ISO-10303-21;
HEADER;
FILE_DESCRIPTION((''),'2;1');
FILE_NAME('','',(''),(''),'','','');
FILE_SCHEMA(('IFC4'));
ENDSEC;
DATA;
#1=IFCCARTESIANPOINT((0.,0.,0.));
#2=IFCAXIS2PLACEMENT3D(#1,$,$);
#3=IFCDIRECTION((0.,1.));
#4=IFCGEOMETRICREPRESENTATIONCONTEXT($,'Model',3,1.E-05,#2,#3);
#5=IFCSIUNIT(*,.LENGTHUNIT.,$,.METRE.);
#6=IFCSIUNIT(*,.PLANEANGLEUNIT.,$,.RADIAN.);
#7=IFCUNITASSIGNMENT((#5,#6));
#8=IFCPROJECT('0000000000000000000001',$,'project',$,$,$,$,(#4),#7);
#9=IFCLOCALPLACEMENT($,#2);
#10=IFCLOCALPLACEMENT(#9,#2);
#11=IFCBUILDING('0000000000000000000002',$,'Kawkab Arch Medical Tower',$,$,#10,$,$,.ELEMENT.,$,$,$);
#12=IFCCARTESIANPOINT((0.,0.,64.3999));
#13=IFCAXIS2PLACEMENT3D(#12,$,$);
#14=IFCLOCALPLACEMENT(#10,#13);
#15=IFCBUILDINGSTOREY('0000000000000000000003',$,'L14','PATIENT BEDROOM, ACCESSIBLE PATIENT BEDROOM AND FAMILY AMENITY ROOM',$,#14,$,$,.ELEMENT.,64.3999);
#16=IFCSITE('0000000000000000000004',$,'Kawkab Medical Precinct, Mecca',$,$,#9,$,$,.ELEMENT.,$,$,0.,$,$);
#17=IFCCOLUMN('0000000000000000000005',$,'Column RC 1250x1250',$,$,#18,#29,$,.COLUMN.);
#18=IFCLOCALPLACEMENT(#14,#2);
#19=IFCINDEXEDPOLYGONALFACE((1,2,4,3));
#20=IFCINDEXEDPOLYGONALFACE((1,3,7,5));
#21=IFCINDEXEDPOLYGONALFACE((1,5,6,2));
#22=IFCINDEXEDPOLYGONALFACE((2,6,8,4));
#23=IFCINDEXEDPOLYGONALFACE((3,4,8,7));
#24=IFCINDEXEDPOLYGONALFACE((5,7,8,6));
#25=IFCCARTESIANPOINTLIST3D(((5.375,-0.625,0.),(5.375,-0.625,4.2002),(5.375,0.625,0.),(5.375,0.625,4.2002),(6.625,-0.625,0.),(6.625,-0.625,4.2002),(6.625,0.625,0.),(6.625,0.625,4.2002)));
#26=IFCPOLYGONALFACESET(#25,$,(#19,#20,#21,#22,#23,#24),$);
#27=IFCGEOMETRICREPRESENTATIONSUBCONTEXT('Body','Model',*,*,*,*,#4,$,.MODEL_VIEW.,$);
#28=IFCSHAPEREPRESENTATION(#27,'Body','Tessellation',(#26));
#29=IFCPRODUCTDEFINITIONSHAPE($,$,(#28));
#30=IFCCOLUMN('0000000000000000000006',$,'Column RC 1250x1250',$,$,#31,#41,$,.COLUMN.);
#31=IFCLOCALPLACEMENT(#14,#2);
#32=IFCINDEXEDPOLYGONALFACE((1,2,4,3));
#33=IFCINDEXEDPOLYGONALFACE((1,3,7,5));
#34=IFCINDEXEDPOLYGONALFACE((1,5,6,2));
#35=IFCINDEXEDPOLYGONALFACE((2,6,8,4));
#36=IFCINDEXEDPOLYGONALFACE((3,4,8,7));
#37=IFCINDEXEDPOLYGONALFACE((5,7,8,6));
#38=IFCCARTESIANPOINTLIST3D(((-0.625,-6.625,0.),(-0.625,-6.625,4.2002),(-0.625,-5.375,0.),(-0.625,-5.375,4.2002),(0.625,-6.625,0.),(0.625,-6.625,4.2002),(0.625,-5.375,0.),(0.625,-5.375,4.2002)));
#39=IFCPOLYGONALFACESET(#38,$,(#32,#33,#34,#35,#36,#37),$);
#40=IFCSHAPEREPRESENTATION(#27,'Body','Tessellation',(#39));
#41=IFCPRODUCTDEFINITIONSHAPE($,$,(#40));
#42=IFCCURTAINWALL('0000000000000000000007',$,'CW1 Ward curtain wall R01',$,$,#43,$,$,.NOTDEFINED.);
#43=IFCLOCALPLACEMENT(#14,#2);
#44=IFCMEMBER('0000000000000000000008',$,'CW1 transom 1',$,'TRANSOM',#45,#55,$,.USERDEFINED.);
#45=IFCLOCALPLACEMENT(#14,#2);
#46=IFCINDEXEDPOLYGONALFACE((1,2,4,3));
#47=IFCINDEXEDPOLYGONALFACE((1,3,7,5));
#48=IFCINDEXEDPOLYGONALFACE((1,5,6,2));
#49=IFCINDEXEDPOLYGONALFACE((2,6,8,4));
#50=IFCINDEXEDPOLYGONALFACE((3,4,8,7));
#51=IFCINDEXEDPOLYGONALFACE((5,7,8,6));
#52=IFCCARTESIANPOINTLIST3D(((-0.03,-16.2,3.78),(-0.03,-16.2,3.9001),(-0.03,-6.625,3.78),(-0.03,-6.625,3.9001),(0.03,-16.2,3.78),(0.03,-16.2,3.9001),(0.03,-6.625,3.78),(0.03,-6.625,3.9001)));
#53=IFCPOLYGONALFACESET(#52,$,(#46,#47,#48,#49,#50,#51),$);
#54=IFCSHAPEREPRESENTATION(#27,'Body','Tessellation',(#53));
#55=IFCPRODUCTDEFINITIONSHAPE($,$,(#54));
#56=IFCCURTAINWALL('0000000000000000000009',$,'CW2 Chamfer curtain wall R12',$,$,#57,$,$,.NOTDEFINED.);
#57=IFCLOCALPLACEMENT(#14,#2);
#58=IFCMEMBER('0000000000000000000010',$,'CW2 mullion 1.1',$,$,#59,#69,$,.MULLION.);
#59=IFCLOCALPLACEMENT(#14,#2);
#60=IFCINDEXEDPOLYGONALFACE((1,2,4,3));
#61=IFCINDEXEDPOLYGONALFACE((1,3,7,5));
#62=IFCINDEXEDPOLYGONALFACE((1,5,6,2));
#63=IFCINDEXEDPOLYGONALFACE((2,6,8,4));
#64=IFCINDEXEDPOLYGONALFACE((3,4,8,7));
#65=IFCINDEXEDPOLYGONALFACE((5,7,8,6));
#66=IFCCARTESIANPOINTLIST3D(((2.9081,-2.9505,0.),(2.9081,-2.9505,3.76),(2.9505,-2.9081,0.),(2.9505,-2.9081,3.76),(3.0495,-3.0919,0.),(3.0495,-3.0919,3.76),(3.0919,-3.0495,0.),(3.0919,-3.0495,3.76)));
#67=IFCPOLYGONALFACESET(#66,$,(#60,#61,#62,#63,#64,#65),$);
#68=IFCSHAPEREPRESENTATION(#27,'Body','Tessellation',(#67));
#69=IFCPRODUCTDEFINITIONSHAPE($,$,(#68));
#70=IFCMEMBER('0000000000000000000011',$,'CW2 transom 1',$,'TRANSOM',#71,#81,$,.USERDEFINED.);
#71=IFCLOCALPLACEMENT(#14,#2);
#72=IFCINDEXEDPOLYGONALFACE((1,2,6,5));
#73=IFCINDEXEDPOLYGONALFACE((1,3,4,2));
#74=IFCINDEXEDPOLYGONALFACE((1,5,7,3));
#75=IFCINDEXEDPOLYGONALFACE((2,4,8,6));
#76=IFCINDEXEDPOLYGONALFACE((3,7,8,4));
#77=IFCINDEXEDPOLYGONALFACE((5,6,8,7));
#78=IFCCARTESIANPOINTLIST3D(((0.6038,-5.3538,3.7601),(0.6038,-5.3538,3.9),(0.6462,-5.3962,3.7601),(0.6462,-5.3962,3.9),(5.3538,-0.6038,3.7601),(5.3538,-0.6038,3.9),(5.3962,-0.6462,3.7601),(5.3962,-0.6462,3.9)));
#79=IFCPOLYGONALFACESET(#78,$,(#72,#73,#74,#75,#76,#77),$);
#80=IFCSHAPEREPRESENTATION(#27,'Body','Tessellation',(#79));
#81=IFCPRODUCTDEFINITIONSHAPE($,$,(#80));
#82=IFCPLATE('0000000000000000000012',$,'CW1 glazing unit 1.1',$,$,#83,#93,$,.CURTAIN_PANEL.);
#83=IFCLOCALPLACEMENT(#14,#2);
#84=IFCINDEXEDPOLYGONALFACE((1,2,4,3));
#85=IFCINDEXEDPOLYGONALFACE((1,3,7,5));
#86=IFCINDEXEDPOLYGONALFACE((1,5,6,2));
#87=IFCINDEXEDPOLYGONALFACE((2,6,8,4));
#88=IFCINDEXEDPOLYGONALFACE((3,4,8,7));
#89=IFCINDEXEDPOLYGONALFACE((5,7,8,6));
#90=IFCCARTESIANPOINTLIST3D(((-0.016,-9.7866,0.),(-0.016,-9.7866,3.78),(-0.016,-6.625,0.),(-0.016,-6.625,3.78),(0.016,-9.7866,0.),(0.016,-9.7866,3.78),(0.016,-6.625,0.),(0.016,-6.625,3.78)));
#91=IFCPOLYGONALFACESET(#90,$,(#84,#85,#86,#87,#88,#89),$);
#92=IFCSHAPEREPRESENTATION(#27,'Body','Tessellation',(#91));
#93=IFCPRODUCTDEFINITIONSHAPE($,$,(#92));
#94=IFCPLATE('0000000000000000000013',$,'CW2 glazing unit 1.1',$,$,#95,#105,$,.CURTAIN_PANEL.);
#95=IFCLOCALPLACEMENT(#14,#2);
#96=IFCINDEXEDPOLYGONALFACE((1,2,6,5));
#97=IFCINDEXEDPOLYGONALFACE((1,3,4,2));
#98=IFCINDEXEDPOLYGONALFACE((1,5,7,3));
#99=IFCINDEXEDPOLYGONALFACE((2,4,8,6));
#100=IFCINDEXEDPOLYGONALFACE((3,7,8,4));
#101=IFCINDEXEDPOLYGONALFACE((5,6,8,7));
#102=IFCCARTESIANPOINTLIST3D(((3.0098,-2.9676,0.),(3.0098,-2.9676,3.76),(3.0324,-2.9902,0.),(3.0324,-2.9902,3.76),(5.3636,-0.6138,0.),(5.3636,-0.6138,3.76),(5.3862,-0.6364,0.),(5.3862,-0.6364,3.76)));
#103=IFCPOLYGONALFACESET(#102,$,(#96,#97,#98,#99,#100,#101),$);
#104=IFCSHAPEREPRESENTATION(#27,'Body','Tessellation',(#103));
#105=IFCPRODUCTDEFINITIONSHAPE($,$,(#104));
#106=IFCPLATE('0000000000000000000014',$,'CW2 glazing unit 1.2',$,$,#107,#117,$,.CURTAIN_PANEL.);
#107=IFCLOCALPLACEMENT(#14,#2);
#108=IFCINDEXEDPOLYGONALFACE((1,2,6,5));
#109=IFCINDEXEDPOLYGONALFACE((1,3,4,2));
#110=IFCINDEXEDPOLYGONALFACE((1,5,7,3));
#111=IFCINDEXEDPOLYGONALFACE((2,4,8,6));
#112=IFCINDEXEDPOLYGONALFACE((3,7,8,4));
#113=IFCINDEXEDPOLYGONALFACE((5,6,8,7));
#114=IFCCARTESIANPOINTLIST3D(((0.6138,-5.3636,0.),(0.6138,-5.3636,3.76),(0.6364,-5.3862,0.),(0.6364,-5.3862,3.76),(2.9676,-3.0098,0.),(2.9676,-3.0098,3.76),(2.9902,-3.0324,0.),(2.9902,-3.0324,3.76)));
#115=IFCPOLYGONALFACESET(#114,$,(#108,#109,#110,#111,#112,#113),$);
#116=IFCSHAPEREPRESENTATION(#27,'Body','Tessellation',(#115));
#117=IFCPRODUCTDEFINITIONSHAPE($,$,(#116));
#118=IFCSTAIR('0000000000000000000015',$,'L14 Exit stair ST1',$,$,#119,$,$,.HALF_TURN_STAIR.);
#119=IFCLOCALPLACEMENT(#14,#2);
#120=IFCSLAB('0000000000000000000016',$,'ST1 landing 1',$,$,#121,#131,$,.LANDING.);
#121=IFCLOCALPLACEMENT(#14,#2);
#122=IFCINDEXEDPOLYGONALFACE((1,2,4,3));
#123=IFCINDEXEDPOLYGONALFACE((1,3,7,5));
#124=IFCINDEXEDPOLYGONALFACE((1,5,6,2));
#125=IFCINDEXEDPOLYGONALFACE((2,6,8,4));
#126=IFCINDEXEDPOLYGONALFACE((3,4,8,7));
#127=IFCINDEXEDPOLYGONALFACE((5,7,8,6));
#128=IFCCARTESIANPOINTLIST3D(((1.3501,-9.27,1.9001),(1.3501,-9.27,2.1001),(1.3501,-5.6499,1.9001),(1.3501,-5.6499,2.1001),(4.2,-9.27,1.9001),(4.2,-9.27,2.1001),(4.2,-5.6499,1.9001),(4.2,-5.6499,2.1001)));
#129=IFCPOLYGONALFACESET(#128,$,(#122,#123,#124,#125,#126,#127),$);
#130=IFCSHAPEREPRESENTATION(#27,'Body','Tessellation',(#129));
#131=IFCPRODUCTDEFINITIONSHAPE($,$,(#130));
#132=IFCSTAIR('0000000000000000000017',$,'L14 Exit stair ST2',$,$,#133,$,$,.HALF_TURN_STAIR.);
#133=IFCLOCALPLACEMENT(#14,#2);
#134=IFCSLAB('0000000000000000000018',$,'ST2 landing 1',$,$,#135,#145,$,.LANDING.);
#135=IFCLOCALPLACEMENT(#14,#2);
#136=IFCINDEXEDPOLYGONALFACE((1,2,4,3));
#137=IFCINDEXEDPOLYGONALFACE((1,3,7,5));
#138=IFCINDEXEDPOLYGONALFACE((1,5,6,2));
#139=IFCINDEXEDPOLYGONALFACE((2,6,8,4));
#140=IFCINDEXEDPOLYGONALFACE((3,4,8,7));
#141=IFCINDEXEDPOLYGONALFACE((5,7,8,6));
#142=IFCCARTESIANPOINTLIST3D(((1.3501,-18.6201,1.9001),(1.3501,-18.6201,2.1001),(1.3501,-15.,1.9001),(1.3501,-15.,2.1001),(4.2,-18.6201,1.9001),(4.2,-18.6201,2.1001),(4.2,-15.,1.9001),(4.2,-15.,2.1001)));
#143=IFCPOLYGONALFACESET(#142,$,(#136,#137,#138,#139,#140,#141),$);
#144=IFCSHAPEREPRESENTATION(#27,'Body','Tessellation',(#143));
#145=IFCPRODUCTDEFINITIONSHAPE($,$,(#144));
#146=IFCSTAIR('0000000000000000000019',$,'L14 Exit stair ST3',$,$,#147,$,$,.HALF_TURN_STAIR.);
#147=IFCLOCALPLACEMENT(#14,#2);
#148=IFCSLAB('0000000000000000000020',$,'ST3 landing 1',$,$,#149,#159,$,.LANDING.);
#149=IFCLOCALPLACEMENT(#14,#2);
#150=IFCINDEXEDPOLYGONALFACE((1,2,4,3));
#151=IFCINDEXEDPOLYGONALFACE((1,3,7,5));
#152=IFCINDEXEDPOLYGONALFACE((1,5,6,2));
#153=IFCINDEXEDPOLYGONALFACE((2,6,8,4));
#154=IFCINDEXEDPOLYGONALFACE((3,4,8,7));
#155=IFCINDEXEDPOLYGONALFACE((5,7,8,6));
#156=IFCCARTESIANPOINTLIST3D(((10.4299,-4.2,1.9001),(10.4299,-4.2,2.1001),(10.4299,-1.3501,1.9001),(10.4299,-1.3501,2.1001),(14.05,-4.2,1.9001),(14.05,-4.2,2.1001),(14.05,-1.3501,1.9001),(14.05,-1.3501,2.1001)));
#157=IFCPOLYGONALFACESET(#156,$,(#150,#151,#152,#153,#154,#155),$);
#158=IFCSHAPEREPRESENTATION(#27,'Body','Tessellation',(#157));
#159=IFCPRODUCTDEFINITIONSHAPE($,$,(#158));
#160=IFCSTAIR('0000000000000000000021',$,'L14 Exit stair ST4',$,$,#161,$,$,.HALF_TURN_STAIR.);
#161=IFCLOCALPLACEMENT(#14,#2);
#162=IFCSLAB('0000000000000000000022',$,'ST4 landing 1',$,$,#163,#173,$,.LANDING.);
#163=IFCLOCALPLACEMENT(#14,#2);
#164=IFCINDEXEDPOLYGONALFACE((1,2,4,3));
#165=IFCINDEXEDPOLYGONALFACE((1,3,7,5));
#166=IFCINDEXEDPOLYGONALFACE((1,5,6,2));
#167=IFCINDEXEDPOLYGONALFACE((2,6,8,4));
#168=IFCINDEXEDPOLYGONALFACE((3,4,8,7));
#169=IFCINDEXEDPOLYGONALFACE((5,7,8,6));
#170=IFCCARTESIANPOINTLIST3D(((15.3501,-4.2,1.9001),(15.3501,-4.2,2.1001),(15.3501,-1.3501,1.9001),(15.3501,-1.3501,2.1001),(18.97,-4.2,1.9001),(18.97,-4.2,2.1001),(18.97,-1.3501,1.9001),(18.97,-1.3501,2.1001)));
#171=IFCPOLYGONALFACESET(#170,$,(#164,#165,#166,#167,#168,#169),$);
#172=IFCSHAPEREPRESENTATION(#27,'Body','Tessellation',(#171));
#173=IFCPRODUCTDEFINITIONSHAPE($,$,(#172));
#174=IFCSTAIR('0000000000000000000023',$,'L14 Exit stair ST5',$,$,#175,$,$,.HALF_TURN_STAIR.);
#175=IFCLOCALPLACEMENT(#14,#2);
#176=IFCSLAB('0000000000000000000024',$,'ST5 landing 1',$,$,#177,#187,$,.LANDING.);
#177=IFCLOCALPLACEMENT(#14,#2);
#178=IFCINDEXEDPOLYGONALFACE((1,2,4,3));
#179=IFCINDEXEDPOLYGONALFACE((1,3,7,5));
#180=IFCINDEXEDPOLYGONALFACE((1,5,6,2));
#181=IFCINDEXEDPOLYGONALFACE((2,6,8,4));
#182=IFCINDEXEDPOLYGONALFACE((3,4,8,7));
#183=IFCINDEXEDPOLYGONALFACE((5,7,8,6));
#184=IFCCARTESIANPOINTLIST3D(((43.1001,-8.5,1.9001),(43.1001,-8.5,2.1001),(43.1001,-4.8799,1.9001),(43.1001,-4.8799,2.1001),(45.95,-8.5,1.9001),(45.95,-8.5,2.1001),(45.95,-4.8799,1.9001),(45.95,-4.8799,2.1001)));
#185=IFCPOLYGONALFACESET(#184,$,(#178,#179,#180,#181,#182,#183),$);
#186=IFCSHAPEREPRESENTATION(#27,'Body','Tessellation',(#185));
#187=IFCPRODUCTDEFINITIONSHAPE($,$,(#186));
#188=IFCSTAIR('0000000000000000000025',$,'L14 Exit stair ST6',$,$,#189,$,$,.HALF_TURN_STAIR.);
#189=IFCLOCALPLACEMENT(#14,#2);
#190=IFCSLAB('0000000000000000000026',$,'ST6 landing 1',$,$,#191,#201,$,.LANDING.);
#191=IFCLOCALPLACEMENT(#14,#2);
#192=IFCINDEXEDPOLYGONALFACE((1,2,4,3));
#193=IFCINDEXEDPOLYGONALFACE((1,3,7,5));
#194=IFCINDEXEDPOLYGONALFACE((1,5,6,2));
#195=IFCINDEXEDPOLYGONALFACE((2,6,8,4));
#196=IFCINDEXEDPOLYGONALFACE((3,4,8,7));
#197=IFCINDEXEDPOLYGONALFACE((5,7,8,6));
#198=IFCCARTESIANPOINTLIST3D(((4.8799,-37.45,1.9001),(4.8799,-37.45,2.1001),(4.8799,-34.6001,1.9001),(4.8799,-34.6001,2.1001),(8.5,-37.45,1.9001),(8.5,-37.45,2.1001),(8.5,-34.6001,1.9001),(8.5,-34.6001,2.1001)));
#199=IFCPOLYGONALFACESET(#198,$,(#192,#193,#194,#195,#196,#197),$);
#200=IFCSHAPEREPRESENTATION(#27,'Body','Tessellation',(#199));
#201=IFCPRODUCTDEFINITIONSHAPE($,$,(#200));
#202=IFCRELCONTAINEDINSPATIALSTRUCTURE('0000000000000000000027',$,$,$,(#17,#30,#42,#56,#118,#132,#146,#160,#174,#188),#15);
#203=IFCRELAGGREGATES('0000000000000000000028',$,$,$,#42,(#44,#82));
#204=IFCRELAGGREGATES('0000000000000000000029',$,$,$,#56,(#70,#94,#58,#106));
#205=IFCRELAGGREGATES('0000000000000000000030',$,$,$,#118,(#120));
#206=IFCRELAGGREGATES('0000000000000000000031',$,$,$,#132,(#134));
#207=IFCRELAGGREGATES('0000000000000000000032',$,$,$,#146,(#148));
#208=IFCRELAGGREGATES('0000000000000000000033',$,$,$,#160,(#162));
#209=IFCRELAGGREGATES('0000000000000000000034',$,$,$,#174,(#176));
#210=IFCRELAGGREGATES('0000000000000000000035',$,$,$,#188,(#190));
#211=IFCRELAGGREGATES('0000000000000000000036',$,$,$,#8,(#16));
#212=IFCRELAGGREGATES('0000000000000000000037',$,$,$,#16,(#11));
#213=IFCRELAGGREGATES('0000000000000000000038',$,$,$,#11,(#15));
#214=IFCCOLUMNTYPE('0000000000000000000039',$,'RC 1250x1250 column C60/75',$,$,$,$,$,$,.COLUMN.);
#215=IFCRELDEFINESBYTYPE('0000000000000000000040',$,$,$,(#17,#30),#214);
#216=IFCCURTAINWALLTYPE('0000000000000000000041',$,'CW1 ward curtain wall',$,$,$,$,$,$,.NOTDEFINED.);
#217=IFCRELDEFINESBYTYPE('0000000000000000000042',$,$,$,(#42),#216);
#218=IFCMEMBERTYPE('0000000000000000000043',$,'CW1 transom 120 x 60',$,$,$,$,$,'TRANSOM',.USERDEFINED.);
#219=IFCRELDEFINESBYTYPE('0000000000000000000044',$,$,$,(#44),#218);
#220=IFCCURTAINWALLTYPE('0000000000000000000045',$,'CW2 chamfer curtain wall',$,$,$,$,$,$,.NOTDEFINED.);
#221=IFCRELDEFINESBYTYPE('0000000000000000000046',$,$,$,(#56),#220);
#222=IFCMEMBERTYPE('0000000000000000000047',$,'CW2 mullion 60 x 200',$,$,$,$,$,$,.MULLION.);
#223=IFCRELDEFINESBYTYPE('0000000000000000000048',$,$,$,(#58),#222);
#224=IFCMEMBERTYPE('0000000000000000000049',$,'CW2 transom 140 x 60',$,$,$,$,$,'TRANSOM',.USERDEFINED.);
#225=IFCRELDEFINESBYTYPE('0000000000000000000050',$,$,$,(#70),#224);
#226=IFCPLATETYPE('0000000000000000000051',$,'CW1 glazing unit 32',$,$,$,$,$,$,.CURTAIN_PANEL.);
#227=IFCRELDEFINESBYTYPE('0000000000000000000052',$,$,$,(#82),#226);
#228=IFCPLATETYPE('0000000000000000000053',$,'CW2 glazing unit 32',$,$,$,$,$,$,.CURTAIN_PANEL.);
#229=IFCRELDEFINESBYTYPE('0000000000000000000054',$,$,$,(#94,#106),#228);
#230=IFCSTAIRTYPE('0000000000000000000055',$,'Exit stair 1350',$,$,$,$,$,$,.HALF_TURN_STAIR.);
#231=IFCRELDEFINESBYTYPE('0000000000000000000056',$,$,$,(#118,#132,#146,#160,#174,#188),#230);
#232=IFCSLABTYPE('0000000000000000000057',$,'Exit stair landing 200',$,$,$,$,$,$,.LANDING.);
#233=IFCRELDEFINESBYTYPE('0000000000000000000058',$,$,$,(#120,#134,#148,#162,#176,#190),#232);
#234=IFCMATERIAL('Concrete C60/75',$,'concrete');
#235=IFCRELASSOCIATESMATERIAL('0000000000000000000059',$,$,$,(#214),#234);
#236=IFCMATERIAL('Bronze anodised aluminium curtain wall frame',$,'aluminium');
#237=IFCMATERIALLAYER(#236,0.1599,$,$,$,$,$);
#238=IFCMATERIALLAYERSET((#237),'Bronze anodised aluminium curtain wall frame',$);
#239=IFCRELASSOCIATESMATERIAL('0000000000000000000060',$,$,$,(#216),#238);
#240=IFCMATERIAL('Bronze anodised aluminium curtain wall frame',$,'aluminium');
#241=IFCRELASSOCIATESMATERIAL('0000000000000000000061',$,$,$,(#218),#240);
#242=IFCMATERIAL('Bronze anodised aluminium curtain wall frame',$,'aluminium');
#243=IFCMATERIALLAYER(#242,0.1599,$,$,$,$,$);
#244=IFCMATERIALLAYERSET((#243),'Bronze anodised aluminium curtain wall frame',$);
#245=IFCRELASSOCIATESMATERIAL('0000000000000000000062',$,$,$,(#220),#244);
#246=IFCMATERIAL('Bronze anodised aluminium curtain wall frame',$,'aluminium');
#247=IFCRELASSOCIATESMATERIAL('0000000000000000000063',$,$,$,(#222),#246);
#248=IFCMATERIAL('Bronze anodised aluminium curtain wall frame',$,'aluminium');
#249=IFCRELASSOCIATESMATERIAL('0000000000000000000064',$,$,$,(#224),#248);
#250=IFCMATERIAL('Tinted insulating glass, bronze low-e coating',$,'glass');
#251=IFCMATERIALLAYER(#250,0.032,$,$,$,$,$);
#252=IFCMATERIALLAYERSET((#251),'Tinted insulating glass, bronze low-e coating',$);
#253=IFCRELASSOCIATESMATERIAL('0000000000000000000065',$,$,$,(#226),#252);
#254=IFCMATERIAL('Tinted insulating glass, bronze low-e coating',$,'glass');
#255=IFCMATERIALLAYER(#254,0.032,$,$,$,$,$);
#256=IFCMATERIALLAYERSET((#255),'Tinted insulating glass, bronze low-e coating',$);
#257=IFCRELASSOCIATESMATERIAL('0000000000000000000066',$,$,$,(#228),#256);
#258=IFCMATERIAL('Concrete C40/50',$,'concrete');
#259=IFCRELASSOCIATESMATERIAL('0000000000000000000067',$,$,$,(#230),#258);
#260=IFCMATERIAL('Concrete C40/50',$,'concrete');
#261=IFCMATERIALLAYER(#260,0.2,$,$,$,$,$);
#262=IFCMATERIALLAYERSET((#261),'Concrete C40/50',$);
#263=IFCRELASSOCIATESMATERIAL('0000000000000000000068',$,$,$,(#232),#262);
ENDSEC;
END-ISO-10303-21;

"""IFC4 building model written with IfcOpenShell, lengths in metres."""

from ifc_helpers import new_model, si_unit, direction, frame, origin, origin_2d, place, context, subcontext, project, spatial, polyline, rectangle, outline, extrude, material, layer, layer_set, material_profile, profile_set, type_object, element, aggregate, save


model = new_model("IFC4")

# Units and contexts
model_context = context("Model", 3, precision=1e-05, world=origin(), true_north=direction((0.0, 1.0)))
body_context = subcontext(model_context, "Body", "Model", "MODEL_VIEW")
ifc_project = project(units=[si_unit("LENGTHUNIT", "METRE"), si_unit("PLANEANGLEUNIT", "RADIAN")], contexts=[model_context])

# Site, building, storey
site_placement = place(None, origin())
site = spatial("IfcSite", under=ifc_project, at=site_placement, Name="Kawkab Medical Precinct, Mecca", CompositionType="ELEMENT", RefElevation=0.0)
building_placement = place(site_placement, origin())
building = spatial("IfcBuilding", under=site, at=building_placement, Name="Kawkab Arch Medical Tower", CompositionType="ELEMENT")
storey_placement = place(building_placement, frame((0.0, 0.0, 64.3999)))
storey = spatial("IfcBuildingStorey", under=building, at=storey_placement, Name="L14", Description="PATIENT BEDROOM, ACCESSIBLE PATIENT BEDROOM AND FAMILY AMENITY ROOM", CompositionType="ELEMENT", Elevation=64.3999)

# Columns
ifc_material_1 = material(Name="Concrete C60/75", Category="concrete")
ifc_material_profile_1 = material_profile(ifc_material_1, rectangle(XDim=1.25, YDim=1.25, at=origin_2d()), Name="RC 1250x1250")
ifc_profile_set_1 = profile_set([ifc_material_profile_1], Name="Concrete C60/75")
column_type = type_object("IfcColumnType", Name="RC 1250x1250 column C60/75", PredefinedType="COLUMN", material=ifc_profile_set_1)
for number, where, z_axis, x_axis, name in (
    (1, (6.0, 0.0, 0.0), (0.0, 0.0, 1.0), (1.0, 0.0, 0.0), "Column RC 1250x1250"),
    (2, (0.0, -6.0, 0.0), (0.0, 0.0, 1.0), (1.0, 0.0, 0.0), "Column RC 1250x1250"),
):
    element("IfcColumn", number, at=place(storey_placement, frame(where, z_axis=z_axis, x_axis=x_axis)), inside=storey, type_object=column_type, Name=name, PredefinedType="COLUMN", context=body_context, shape_type="SweptSolid", body=[
        extrude(rectangle(XDim=1.25, YDim=1.25, at=origin_2d()), origin(), (0.0, 0.0, 1.0), 4.2002),
    ])

# Curtain wall, member
ifc_material_2 = material(Name="Bronze anodised aluminium curtain wall frame", Category="aluminium")
ifc_layer_1 = layer(ifc_material_2, 0.1599)
ifc_layer_set_1 = layer_set([ifc_layer_1], Name="Bronze anodised aluminium curtain wall frame")
curtain_wall_type_1 = type_object("IfcCurtainWallType", Name="CW1 ward curtain wall", PredefinedType="NOTDEFINED", material=ifc_layer_set_1)
placement_1 = place(storey_placement, origin())
curtain_wall_1 = element("IfcCurtainWall", 3, at=placement_1, inside=storey, type_object=curtain_wall_type_1, Name="CW1 Ward curtain wall R01", PredefinedType="NOTDEFINED")
ifc_material_3 = material(Name="Bronze anodised aluminium curtain wall frame", Category="aluminium")
ifc_material_profile_2 = material_profile(ifc_material_3, rectangle(XDim=0.0601, YDim=0.1201, at=origin_2d()), Name="AL 60x120")
ifc_profile_set_2 = profile_set([ifc_material_profile_2], Name="Bronze anodised aluminium curtain wall frame")
member_type_1 = type_object("IfcMemberType", Name="CW1 transom 120 x 60", ElementType="TRANSOM", PredefinedType="USERDEFINED", material=ifc_profile_set_2)
member_1_placement = place(storey_placement, frame((0.0, -6.625, 3.8401), z_axis=(0.0, -1.0, 0.0), x_axis=(1.0, 0.0, 0.0)))
member_1 = element("IfcMember", 4, at=member_1_placement, type_object=member_type_1, Name="CW1 transom 1", ObjectType="TRANSOM", PredefinedType="USERDEFINED", context=body_context, shape_type="SweptSolid", body=[
    extrude(rectangle(XDim=0.0601, YDim=0.1201, at=origin_2d()), origin(), (0.0, 0.0, 1.0), 9.575),
])

# Curtain wall, members
ifc_material_4 = material(Name="Bronze anodised aluminium curtain wall frame", Category="aluminium")
ifc_layer_2 = layer(ifc_material_4, 0.1599)
ifc_layer_set_2 = layer_set([ifc_layer_2], Name="Bronze anodised aluminium curtain wall frame")
curtain_wall_type_2 = type_object("IfcCurtainWallType", Name="CW2 chamfer curtain wall", PredefinedType="NOTDEFINED", material=ifc_layer_set_2)
curtain_wall_2 = element("IfcCurtainWall", 5, at=placement_1, inside=storey, type_object=curtain_wall_type_2, Name="CW2 Chamfer curtain wall R12", PredefinedType="NOTDEFINED")
ifc_material_5 = material(Name="Bronze anodised aluminium curtain wall frame", Category="aluminium")
ifc_material_profile_3 = material_profile(ifc_material_5, rectangle(XDim=0.2, YDim=0.0601, at=origin_2d()), Name="AL 60x200")
ifc_profile_set_3 = profile_set([ifc_material_profile_3], Name="Bronze anodised aluminium curtain wall frame")
member_type_2 = type_object("IfcMemberType", Name="CW2 mullion 60 x 200", PredefinedType="MULLION", material=ifc_profile_set_3)
member_2_placement = place(storey_placement, frame((3.0, -3.0, 0.0), z_axis=(0.0, 0.0, 1.0), x_axis=(0.707107, -0.707107, 0.0)))
member_2 = element("IfcMember", 6, at=member_2_placement, type_object=member_type_2, Name="CW2 mullion 1.1", PredefinedType="MULLION", context=body_context, shape_type="SweptSolid", body=[
    extrude(rectangle(XDim=0.2, YDim=0.0601, at=origin_2d()), origin(), (0.0, 0.0, 1.0), 3.76),
])
ifc_material_6 = material(Name="Bronze anodised aluminium curtain wall frame", Category="aluminium")
ifc_material_profile_4 = material_profile(ifc_material_6, rectangle(XDim=0.0601, YDim=0.1399, at=origin_2d()), Name="AL 60x140")
ifc_profile_set_4 = profile_set([ifc_material_profile_4], Name="Bronze anodised aluminium curtain wall frame")
member_type_3 = type_object("IfcMemberType", Name="CW2 transom 140 x 60", ElementType="TRANSOM", PredefinedType="USERDEFINED", material=ifc_profile_set_4)
member_3_placement = place(storey_placement, frame((5.375, -0.625, 3.8301), z_axis=(-0.707107, -0.707107, 0.0), x_axis=(0.707107, -0.707107, 0.0)))
member_3 = element("IfcMember", 7, at=member_3_placement, type_object=member_type_3, Name="CW2 transom 1", ObjectType="TRANSOM", PredefinedType="USERDEFINED", context=body_context, shape_type="SweptSolid", body=[
    extrude(rectangle(XDim=0.0601, YDim=0.1399, at=origin_2d()), origin(), (0.0, 0.0, 1.0), 6.7175),
])

# Plates
ifc_material_7 = material(Name="Tinted insulating glass, bronze low-e coating", Category="glass")
ifc_layer_3 = layer(ifc_material_7, 0.032)
ifc_layer_set_3 = layer_set([ifc_layer_3], Name="Tinted insulating glass, bronze low-e coating")
plate_type_1 = type_object("IfcPlateType", Name="CW1 glazing unit 32", PredefinedType="CURTAIN_PANEL", material=ifc_layer_set_3)
plate_1_placement = place(storey_placement, frame((0.0, -8.2058, 0.0), z_axis=(0.0, 0.0, 1.0), x_axis=(0.0, -1.0, 0.0)))
plate_1 = element("IfcPlate", 8, at=plate_1_placement, type_object=plate_type_1, Name="CW1 glazing unit 1.1", PredefinedType="CURTAIN_PANEL", context=body_context, shape_type="SweptSolid", body=[
    extrude(rectangle(XDim=3.1616, YDim=0.032, at=origin_2d()), origin(), (0.0, 0.0, 1.0), 3.78),
])
aggregate(curtain_wall_1, [member_1, plate_1])
ifc_material_8 = material(Name="Tinted insulating glass, bronze low-e coating", Category="glass")
ifc_layer_4 = layer(ifc_material_8, 0.032)
ifc_layer_set_4 = layer_set([ifc_layer_4], Name="Tinted insulating glass, bronze low-e coating")
plate_type_2 = type_object("IfcPlateType", Name="CW2 glazing unit 32", PredefinedType="CURTAIN_PANEL", material=ifc_layer_set_4)
plate_2_placement = place(storey_placement, frame((4.198, -1.802, 0.0), z_axis=(0.0, 0.0, 1.0), x_axis=(-0.707107, -0.707107, 0.0)))
plate_2 = element("IfcPlate", 9, at=plate_2_placement, type_object=plate_type_2, Name="CW2 glazing unit 1.1", PredefinedType="CURTAIN_PANEL", context=body_context, shape_type="SweptSolid", body=[
    extrude(rectangle(XDim=3.3289, YDim=0.032, at=origin_2d()), origin(), (0.0, 0.0, 1.0), 3.76),
])
plate_3_placement = place(storey_placement, frame((1.802, -4.198, 0.0), z_axis=(0.0, 0.0, 1.0), x_axis=(-0.707107, -0.707107, 0.0)))
plate_3 = element("IfcPlate", 10, at=plate_3_placement, type_object=plate_type_2, Name="CW2 glazing unit 1.2", PredefinedType="CURTAIN_PANEL", context=body_context, shape_type="SweptSolid", body=[
    extrude(rectangle(XDim=3.3289, YDim=0.032, at=origin_2d()), origin(), (0.0, 0.0, 1.0), 3.76),
])
aggregate(curtain_wall_2, [member_3, plate_2, member_2, plate_3])

# Stairs, slabs
ifc_material_9 = material(Name="Concrete C40/50", Category="concrete")
stair_type = type_object("IfcStairType", Name="Exit stair 1350", PredefinedType="HALF_TURN_STAIR", material=ifc_material_9)
stair_1 = element("IfcStair", 11, at=placement_1, inside=storey, type_object=stair_type, Name="L14 Exit stair ST1", PredefinedType="HALF_TURN_STAIR")
ifc_material_10 = material(Name="Concrete C40/50", Category="concrete")
ifc_layer_5 = layer(ifc_material_10, 0.2)
ifc_layer_set_5 = layer_set([ifc_layer_5], Name="Concrete C40/50")
slab_type_1 = type_object("IfcSlabType", Name="Exit stair landing 200", PredefinedType="LANDING", material=ifc_layer_set_5)
placement_2 = place(storey_placement, frame((0.0, 0.0, 1.9001)))
slab_1 = element("IfcSlab", 12, at=placement_2, type_object=slab_type_1, Name="ST1 landing 1", PredefinedType="LANDING", context=body_context, shape_type="SweptSolid", body=[
    extrude(outline(polyline([(4.2, -9.27), (4.2, -5.6499), (1.3501, -5.6499), (1.3501, -9.27), (4.2, -9.27)])), origin(), (0.0, 0.0, 1.0), 0.2),
])
aggregate(stair_1, [slab_1])
stair_2 = element("IfcStair", 13, at=placement_1, inside=storey, type_object=stair_type, Name="L14 Exit stair ST2", PredefinedType="HALF_TURN_STAIR")
slab_2 = element("IfcSlab", 14, at=placement_2, type_object=slab_type_1, Name="ST2 landing 1", PredefinedType="LANDING", context=body_context, shape_type="SweptSolid", body=[
    extrude(outline(polyline([(4.2, -18.6201), (4.2, -15.0), (1.3501, -15.0), (1.3501, -18.6201), (4.2, -18.6201)])), origin(), (0.0, 0.0, 1.0), 0.2),
])
aggregate(stair_2, [slab_2])
stair_3 = element("IfcStair", 15, at=placement_1, inside=storey, type_object=stair_type, Name="L14 Exit stair ST3", PredefinedType="HALF_TURN_STAIR")
slab_3 = element("IfcSlab", 16, at=placement_2, type_object=slab_type_1, Name="ST3 landing 1", PredefinedType="LANDING", context=body_context, shape_type="SweptSolid", body=[
    extrude(outline(polyline([(10.4299, -4.2), (14.05, -4.2), (14.05, -1.3501), (10.4299, -1.3501), (10.4299, -4.2)])), origin(), (0.0, 0.0, 1.0), 0.2),
])
aggregate(stair_3, [slab_3])
stair_4 = element("IfcStair", 17, at=placement_1, inside=storey, type_object=stair_type, Name="L14 Exit stair ST4", PredefinedType="HALF_TURN_STAIR")
slab_4 = element("IfcSlab", 18, at=placement_2, type_object=slab_type_1, Name="ST4 landing 1", PredefinedType="LANDING", context=body_context, shape_type="SweptSolid", body=[
    extrude(outline(polyline([(18.97, -1.3501), (15.3501, -1.3501), (15.3501, -4.2), (18.97, -4.2), (18.97, -1.3501)])), origin(), (0.0, 0.0, 1.0), 0.2),
])
aggregate(stair_4, [slab_4])
stair_5 = element("IfcStair", 19, at=placement_1, inside=storey, type_object=stair_type, Name="L14 Exit stair ST5", PredefinedType="HALF_TURN_STAIR")
slab_5 = element("IfcSlab", 20, at=placement_2, type_object=slab_type_1, Name="ST5 landing 1", PredefinedType="LANDING", context=body_context, shape_type="SweptSolid", body=[
    extrude(outline(polyline([(43.1001, -4.8799), (43.1001, -8.5), (45.95, -8.5), (45.95, -4.8799), (43.1001, -4.8799)])), origin(), (0.0, 0.0, 1.0), 0.2),
])
aggregate(stair_5, [slab_5])
stair_6 = element("IfcStair", 21, at=placement_1, inside=storey, type_object=stair_type, Name="L14 Exit stair ST6", PredefinedType="HALF_TURN_STAIR")
slab_6 = element("IfcSlab", 22, at=placement_2, type_object=slab_type_1, Name="ST6 landing 1", PredefinedType="LANDING", context=body_context, shape_type="SweptSolid", body=[
    extrude(outline(polyline([(4.8799, -37.45), (8.5, -37.45), (8.5, -34.6001), (4.8799, -34.6001), (4.8799, -37.45)])), origin(), (0.0, 0.0, 1.0), 0.2),
])
aggregate(stair_6, [slab_6])

save(model, "model.ifc")
